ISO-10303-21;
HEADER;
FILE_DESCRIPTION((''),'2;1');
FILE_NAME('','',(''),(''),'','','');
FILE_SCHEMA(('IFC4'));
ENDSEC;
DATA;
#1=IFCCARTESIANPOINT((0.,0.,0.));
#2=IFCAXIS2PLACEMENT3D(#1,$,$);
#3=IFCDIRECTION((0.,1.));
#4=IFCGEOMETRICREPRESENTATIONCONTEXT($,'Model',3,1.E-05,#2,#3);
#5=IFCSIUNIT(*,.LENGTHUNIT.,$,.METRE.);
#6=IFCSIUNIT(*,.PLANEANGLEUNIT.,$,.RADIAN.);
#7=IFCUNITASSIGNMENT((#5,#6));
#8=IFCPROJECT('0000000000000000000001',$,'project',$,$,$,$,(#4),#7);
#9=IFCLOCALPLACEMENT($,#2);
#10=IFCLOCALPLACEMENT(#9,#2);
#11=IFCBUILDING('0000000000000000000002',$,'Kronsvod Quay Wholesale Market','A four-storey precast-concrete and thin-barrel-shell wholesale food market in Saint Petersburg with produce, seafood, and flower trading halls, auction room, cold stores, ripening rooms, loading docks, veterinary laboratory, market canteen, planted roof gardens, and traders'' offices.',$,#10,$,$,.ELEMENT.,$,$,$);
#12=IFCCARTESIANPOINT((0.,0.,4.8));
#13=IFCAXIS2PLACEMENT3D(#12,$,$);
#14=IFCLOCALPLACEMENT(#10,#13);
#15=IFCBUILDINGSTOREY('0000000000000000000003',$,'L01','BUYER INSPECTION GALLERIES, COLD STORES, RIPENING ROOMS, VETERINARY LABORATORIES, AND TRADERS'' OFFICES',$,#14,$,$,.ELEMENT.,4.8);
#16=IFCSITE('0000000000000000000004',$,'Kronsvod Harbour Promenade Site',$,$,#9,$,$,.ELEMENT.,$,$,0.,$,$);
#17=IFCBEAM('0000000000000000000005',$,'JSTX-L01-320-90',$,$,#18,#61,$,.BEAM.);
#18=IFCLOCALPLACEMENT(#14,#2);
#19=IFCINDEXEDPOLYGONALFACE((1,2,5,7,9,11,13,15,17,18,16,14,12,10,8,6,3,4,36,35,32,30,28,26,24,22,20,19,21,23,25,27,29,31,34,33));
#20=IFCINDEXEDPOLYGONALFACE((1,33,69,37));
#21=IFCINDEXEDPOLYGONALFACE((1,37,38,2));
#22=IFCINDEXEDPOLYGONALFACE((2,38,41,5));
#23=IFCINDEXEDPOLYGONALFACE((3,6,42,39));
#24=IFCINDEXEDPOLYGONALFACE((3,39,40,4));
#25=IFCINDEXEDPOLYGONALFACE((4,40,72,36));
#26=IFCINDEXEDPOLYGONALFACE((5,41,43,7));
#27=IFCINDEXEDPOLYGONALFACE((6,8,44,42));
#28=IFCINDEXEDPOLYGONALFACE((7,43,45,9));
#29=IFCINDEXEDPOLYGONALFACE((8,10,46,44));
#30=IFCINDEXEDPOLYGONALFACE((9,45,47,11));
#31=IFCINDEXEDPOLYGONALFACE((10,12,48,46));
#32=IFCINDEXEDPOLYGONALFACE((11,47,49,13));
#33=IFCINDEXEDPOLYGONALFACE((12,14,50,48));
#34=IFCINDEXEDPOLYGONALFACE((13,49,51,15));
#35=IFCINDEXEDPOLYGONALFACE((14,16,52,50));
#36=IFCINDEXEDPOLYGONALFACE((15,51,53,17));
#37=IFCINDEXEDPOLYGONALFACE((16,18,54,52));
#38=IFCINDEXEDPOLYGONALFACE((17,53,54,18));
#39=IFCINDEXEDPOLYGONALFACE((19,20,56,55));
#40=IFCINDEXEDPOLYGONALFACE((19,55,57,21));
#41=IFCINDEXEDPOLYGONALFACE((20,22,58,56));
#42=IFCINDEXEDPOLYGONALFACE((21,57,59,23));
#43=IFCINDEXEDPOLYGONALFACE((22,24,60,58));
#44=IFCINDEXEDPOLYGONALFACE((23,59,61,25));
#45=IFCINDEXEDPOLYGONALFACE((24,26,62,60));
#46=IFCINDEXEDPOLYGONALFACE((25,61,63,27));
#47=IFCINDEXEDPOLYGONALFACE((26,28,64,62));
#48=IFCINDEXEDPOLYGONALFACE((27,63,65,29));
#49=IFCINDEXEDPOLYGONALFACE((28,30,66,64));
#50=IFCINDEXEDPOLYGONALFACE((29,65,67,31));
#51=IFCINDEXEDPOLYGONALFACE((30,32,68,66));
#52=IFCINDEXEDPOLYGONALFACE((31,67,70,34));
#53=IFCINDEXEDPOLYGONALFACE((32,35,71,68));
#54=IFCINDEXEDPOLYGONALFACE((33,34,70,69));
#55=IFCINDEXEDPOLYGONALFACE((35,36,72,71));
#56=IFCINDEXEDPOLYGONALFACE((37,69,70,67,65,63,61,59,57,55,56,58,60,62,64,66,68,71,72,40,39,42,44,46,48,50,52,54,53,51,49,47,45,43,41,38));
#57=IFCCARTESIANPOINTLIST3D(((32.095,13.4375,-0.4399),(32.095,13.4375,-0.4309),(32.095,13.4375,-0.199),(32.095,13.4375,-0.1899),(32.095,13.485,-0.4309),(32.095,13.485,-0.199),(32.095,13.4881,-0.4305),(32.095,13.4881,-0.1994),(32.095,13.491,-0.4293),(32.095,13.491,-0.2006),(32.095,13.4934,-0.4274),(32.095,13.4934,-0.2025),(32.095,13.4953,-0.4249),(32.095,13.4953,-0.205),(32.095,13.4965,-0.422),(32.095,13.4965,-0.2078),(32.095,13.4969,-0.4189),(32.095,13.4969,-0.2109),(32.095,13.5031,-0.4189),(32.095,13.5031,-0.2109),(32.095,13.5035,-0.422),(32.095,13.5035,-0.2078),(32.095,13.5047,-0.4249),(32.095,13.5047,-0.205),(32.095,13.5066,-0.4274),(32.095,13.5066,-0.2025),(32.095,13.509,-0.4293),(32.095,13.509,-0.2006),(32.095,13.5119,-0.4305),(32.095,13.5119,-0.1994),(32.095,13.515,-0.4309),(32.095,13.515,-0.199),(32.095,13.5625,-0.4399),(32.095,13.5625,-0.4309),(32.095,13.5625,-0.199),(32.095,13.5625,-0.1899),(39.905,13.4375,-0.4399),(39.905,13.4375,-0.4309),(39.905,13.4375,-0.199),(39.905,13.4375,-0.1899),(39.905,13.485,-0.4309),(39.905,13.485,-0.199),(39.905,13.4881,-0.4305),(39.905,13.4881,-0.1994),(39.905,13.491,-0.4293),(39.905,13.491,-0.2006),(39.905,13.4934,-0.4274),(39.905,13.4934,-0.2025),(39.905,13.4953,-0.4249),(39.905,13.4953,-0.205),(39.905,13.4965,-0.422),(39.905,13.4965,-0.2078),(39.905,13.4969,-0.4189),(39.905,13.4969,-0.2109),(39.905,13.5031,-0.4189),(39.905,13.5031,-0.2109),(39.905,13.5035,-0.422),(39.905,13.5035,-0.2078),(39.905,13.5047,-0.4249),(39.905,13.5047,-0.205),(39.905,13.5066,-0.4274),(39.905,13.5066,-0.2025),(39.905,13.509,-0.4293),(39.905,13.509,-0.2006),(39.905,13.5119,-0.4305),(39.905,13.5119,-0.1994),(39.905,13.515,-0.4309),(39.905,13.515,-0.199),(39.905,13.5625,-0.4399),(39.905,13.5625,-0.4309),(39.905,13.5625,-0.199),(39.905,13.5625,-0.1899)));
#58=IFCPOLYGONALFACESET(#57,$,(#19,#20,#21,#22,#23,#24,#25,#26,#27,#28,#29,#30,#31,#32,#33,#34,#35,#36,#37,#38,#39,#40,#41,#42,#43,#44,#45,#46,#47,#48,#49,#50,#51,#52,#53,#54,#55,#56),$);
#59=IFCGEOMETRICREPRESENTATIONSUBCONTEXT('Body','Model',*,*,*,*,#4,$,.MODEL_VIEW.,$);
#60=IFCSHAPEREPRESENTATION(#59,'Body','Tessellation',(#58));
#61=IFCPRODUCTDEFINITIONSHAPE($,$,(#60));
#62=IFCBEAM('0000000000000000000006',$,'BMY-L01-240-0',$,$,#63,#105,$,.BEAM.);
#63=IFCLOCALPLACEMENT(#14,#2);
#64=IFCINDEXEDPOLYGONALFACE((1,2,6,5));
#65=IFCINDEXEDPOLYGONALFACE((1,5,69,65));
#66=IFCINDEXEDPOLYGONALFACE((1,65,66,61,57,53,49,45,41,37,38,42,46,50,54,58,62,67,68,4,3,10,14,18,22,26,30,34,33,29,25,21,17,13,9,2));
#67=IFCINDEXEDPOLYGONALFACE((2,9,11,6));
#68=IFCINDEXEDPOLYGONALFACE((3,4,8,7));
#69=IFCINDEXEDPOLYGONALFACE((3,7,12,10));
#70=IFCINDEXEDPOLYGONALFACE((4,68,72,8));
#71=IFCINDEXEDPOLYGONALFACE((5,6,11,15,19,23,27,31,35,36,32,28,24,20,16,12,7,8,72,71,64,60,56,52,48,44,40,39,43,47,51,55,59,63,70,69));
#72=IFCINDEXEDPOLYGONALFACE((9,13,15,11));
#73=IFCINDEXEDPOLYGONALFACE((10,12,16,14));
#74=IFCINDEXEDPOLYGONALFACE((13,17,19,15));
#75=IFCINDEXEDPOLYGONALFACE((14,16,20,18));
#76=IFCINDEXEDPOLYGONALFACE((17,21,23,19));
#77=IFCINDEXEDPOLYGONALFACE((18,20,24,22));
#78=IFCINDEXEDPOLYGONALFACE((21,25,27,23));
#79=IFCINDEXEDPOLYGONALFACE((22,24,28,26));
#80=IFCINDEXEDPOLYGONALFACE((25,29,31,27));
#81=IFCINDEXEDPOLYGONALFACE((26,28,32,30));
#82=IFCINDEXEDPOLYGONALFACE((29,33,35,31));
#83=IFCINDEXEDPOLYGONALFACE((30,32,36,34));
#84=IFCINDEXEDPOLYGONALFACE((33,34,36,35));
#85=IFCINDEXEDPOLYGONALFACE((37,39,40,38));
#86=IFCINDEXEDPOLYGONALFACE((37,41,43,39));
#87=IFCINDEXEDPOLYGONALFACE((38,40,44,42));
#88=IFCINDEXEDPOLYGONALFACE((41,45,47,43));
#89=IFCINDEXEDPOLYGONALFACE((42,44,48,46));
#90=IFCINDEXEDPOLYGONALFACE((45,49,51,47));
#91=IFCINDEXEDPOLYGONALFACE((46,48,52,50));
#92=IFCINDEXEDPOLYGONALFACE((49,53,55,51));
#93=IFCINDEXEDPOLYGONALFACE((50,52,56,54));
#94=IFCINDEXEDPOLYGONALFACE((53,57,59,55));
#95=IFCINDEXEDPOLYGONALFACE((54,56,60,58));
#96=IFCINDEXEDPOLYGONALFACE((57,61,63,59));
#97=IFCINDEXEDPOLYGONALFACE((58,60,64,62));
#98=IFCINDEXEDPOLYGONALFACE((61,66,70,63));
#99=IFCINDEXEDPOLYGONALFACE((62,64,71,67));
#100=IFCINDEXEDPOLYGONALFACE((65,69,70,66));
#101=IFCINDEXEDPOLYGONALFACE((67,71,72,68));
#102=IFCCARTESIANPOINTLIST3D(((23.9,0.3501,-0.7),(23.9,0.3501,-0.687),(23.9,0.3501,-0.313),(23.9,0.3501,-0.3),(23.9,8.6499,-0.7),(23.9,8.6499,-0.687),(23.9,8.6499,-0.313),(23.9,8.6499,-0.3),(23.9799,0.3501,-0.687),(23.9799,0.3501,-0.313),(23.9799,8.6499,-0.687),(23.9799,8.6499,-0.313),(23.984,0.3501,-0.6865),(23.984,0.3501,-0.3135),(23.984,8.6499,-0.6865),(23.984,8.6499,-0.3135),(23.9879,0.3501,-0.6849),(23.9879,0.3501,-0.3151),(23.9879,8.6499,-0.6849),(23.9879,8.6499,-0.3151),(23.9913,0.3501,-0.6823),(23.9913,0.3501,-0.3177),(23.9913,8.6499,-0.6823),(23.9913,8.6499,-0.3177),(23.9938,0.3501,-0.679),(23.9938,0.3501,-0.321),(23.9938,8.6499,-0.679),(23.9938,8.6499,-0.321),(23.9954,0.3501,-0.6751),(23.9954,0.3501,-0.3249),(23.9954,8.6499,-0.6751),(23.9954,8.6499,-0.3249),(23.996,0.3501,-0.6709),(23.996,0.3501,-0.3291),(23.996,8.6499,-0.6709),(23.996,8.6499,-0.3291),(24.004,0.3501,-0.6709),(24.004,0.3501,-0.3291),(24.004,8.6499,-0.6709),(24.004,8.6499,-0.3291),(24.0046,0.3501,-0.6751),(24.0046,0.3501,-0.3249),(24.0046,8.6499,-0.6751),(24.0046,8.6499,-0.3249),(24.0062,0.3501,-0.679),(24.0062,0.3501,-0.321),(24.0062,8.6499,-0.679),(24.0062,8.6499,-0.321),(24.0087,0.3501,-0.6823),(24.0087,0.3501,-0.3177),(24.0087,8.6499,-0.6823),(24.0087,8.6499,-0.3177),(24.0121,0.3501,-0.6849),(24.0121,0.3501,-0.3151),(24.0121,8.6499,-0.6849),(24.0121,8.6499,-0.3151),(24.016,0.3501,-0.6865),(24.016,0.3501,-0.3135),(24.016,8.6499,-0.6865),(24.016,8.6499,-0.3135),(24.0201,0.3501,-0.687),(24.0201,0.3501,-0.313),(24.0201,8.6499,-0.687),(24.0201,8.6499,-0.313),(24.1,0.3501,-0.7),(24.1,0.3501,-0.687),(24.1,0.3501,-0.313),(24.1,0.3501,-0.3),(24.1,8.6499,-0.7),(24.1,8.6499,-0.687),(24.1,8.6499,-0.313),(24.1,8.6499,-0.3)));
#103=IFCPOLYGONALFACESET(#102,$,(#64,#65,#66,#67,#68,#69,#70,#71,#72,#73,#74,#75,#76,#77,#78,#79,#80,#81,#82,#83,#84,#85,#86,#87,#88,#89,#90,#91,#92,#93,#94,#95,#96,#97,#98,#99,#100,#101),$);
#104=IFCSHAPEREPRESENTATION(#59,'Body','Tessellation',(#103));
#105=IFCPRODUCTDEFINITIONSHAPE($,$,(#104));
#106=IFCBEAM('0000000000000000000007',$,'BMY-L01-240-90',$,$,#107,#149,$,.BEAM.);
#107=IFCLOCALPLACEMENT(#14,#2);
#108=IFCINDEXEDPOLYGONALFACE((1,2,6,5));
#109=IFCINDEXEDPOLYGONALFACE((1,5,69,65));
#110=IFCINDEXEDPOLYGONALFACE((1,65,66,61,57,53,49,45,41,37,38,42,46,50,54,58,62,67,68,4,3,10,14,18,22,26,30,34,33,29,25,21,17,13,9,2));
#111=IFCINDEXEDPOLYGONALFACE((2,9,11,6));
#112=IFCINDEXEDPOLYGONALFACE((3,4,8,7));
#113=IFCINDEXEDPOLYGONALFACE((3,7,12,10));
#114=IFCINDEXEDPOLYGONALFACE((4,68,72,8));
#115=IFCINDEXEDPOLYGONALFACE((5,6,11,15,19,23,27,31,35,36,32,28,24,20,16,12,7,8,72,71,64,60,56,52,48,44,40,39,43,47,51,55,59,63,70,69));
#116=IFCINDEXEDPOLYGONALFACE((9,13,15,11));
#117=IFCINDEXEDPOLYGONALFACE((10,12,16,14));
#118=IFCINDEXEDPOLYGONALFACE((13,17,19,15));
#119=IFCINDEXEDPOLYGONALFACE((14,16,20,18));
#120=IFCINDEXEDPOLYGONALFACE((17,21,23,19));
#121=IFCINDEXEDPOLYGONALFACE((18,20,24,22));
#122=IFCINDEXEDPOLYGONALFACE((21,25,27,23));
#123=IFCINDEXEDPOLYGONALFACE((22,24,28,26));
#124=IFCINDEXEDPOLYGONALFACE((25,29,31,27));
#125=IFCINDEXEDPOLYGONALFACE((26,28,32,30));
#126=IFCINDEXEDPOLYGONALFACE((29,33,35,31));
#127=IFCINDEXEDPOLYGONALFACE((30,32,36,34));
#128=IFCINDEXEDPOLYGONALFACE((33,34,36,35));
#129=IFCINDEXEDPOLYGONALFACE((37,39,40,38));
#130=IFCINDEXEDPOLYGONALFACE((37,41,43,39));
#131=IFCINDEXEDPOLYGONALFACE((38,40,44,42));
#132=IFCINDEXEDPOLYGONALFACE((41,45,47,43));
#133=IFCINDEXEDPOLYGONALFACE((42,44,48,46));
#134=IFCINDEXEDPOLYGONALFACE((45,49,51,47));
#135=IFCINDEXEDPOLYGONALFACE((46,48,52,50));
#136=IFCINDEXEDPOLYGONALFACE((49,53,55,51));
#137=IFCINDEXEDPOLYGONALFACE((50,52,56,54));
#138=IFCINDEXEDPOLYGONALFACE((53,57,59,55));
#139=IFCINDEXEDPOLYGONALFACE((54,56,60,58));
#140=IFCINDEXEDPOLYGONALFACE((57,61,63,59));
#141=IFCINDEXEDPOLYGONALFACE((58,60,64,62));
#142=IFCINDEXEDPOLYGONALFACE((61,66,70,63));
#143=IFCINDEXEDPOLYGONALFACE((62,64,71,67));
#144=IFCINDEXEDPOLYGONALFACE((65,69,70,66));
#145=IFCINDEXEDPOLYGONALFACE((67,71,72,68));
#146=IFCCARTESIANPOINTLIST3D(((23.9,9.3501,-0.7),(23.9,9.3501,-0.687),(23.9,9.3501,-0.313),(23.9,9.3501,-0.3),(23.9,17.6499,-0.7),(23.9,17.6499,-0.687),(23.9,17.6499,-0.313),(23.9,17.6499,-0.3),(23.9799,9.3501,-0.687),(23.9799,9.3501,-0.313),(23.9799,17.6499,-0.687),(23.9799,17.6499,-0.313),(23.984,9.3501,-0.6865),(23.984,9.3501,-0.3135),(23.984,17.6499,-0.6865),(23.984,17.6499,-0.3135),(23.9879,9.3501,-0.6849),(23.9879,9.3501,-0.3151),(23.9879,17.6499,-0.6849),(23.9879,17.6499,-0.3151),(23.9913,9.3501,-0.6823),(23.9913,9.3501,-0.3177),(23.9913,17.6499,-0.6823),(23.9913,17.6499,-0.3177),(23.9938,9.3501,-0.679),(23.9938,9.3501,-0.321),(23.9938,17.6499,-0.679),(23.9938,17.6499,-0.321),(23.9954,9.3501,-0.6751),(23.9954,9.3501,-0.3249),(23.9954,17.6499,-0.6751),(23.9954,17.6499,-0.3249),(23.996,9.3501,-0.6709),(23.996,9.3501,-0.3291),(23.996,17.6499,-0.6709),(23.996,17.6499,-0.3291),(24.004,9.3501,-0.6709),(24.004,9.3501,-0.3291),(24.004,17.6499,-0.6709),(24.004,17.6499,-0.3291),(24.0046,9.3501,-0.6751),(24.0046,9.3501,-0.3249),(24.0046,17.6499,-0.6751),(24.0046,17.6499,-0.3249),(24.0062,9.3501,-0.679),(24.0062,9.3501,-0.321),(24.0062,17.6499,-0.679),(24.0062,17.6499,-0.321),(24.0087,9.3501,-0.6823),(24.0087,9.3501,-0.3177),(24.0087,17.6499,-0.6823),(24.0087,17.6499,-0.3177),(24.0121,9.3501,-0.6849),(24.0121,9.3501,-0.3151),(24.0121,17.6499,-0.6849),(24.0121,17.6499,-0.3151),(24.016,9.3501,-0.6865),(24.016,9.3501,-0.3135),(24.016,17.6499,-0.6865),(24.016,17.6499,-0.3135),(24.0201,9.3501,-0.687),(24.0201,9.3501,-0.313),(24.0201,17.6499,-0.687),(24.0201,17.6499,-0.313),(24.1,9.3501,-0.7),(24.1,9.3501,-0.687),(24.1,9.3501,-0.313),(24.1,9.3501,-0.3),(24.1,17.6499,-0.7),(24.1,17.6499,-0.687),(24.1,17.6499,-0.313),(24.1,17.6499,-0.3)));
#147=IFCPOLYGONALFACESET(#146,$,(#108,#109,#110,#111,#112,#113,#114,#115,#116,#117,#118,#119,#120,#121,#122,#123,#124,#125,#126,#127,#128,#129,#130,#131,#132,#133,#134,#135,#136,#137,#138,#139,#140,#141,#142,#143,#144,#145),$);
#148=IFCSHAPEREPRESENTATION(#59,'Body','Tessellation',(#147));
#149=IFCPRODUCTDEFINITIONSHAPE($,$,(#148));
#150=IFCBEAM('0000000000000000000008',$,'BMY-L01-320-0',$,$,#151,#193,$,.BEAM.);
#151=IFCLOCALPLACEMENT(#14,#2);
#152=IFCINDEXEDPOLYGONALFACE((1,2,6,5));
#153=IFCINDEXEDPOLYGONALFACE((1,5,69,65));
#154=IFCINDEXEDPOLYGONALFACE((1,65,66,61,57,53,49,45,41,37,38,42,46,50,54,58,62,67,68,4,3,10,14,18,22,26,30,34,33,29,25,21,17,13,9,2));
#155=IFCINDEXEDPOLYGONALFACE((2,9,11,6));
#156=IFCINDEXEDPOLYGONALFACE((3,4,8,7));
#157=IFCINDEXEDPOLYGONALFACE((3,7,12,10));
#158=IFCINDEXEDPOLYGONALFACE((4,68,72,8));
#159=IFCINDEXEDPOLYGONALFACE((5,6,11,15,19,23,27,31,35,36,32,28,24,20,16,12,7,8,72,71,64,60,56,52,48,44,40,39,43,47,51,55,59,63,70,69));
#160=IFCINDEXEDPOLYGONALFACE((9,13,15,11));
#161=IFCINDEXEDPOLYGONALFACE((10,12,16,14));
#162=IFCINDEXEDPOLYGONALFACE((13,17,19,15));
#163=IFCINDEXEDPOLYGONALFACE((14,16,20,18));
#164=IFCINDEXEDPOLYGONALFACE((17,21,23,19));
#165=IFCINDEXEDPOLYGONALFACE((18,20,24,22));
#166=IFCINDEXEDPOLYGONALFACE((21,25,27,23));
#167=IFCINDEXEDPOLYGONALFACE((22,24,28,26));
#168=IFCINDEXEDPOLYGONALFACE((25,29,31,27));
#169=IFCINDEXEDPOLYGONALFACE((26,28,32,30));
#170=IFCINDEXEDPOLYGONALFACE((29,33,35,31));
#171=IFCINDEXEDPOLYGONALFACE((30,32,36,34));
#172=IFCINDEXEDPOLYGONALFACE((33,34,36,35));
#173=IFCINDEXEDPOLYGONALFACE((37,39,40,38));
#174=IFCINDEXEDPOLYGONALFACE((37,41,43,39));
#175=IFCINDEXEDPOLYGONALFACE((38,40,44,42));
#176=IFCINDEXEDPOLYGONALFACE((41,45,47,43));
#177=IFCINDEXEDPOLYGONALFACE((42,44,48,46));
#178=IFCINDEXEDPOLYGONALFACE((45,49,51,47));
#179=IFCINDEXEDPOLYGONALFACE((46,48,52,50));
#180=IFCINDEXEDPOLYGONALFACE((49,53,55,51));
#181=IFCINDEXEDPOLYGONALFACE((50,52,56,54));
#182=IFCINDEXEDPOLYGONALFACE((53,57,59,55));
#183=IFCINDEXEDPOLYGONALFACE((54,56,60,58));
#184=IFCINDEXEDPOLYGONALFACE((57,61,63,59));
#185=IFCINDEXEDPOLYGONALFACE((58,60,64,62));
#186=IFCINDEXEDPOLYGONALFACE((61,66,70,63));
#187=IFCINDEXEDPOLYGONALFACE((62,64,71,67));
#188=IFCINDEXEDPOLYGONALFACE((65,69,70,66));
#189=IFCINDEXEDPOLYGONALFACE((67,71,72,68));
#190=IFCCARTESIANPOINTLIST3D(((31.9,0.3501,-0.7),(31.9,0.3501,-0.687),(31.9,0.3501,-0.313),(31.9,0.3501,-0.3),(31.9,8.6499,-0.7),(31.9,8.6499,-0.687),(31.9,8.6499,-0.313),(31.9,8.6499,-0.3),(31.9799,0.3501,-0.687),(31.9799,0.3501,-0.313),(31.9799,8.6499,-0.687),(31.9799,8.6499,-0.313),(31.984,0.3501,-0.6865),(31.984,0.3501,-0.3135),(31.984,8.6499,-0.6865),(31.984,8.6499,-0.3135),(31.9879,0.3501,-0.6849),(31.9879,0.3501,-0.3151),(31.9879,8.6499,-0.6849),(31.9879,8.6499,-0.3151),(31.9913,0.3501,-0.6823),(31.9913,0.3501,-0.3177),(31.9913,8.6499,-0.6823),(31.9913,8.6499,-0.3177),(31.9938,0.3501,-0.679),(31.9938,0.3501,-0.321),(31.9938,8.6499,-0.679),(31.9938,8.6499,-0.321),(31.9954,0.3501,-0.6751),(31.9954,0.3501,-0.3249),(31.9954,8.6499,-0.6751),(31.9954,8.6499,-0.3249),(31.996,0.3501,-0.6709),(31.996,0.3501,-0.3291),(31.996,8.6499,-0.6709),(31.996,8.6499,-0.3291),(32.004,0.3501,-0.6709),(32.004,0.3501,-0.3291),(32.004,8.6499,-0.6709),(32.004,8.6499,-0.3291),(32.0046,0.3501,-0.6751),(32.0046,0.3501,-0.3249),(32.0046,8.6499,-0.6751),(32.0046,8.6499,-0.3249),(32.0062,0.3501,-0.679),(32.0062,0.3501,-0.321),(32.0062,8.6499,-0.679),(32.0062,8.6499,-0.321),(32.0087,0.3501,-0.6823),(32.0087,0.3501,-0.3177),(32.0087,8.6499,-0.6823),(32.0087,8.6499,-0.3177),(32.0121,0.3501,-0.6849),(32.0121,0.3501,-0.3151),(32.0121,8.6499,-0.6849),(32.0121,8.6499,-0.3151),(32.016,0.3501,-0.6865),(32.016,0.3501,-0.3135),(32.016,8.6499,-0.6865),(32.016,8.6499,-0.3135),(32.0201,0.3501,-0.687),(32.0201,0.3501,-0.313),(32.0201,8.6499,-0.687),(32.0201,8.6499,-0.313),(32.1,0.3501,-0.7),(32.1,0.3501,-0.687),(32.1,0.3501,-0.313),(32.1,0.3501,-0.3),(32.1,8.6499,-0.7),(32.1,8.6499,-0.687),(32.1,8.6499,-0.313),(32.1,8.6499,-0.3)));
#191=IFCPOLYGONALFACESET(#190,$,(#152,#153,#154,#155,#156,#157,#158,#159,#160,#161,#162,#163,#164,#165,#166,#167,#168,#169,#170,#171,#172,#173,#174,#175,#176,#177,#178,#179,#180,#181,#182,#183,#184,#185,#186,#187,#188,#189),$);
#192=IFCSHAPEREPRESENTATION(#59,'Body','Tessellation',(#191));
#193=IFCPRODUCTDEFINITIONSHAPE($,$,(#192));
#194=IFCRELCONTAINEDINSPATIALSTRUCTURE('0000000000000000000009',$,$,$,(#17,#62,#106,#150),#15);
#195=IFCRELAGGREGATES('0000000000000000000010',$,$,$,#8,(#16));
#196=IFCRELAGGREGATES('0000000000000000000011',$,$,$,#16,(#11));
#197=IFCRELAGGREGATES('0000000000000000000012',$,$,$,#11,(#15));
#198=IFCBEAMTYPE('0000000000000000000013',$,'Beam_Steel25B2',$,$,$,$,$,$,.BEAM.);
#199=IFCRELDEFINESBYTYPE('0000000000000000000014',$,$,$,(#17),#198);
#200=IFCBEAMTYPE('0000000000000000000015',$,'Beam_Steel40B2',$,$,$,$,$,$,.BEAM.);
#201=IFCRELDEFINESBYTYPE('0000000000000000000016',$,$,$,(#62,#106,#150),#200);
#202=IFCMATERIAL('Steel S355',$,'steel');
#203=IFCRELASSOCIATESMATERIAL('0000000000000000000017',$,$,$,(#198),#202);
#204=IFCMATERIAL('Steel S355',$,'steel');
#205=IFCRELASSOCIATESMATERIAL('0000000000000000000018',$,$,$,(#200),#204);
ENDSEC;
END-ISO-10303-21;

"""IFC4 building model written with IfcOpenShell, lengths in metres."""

from ifc_helpers import new_model, si_unit, direction, frame, origin, origin_2d, place, context, subcontext, project, spatial, i_section, extrude, material, material_profile, profile_set, type_object, element, save


model = new_model("IFC4")

# Units and contexts
model_context = context("Model", 3, precision=1e-05, world=origin(), true_north=direction((0.0, 1.0)))
body_context = subcontext(model_context, "Body", "Model", "MODEL_VIEW")
ifc_project = project(units=[si_unit("LENGTHUNIT", "METRE"), si_unit("PLANEANGLEUNIT", "RADIAN")], contexts=[model_context])

# Site, building, storey
site_placement = place(None, origin())
site = spatial("IfcSite", under=ifc_project, at=site_placement, Name="Kronsvod Harbour Promenade Site", CompositionType="ELEMENT", RefElevation=0.0)
building_placement = place(site_placement, origin())
building = spatial("IfcBuilding", under=site, at=building_placement, Name="Kronsvod Quay Wholesale Market", Description="A four-storey precast-concrete and thin-barrel-shell wholesale food market in Saint Petersburg with produce, seafood, and flower trading halls, auction room, cold stores, ripening rooms, loading docks, veterinary laboratory, market canteen, planted roof gardens, and traders' offices.", CompositionType="ELEMENT")
storey_placement = place(building_placement, frame((0.0, 0.0, 4.8)))
storey = spatial("IfcBuildingStorey", under=building, at=storey_placement, Name="L01", Description="BUYER INSPECTION GALLERIES, COLD STORES, RIPENING ROOMS, VETERINARY LABORATORIES, AND TRADERS' OFFICES", CompositionType="ELEMENT", Elevation=4.8)

# Beams
ifc_material_1 = material(Name="Steel S355", Category="steel")
ifc_material_profile_1 = material_profile(ifc_material_1, i_section(OverallWidth=0.125, OverallDepth=0.25, WebThickness=0.0061, FlangeThickness=0.009, FilletRadius=0.012, at=origin_2d()), Name="25B2")
ifc_profile_set_1 = profile_set([ifc_material_profile_1], Name="Steel S355")
beam_type_1 = type_object("IfcBeamType", Name="Beam_Steel25B2", PredefinedType="BEAM", material=ifc_profile_set_1)
for number, where, z_axis, x_axis, name in (
    (1, (32.095, 13.5, -0.3149), (1.0, 0.0, 0.0), (0.0, 1.0, 0.0), "JSTX-L01-320-90"),
):
    element("IfcBeam", number, at=place(storey_placement, frame(where, z_axis=z_axis, x_axis=x_axis)), inside=storey, type_object=beam_type_1, Name=name, PredefinedType="BEAM", context=body_context, shape_type="SweptSolid", body=[
        extrude(i_section(OverallWidth=0.125, OverallDepth=0.25, WebThickness=0.0061, FlangeThickness=0.009, FilletRadius=0.012, at=origin_2d()), origin(), (0.0, 0.0, 1.0), 7.8101),
    ])
ifc_material_2 = material(Name="Steel S355", Category="steel")
ifc_material_profile_2 = material_profile(ifc_material_2, i_section(OverallWidth=0.2, OverallDepth=0.3999, WebThickness=0.0081, FlangeThickness=0.0129, FilletRadius=0.0161, at=origin_2d()), Name="40B2")
ifc_profile_set_2 = profile_set([ifc_material_profile_2], Name="Steel S355")
beam_type_2 = type_object("IfcBeamType", Name="Beam_Steel40B2", PredefinedType="BEAM", material=ifc_profile_set_2)
for number, where, z_axis, x_axis, name in (
    (2, (24.0, 0.3501, -0.5), (0.0, 1.0, 0.0), (-1.0, 0.0, 0.0), "BMY-L01-240-0"),
    (3, (24.0, 9.3501, -0.5), (0.0, 1.0, 0.0), (-1.0, 0.0, 0.0), "BMY-L01-240-90"),
    (4, (32.0, 0.3501, -0.5), (0.0, 1.0, 0.0), (-1.0, 0.0, 0.0), "BMY-L01-320-0"),
):
    element("IfcBeam", number, at=place(storey_placement, frame(where, z_axis=z_axis, x_axis=x_axis)), inside=storey, type_object=beam_type_2, Name=name, PredefinedType="BEAM", context=body_context, shape_type="SweptSolid", body=[
        extrude(i_section(OverallWidth=0.2, OverallDepth=0.3999, WebThickness=0.0081, FlangeThickness=0.0129, FilletRadius=0.0161, at=origin_2d()), origin(), (0.0, 0.0, 1.0), 8.2998),
    ])

save(model, "model.ifc")
